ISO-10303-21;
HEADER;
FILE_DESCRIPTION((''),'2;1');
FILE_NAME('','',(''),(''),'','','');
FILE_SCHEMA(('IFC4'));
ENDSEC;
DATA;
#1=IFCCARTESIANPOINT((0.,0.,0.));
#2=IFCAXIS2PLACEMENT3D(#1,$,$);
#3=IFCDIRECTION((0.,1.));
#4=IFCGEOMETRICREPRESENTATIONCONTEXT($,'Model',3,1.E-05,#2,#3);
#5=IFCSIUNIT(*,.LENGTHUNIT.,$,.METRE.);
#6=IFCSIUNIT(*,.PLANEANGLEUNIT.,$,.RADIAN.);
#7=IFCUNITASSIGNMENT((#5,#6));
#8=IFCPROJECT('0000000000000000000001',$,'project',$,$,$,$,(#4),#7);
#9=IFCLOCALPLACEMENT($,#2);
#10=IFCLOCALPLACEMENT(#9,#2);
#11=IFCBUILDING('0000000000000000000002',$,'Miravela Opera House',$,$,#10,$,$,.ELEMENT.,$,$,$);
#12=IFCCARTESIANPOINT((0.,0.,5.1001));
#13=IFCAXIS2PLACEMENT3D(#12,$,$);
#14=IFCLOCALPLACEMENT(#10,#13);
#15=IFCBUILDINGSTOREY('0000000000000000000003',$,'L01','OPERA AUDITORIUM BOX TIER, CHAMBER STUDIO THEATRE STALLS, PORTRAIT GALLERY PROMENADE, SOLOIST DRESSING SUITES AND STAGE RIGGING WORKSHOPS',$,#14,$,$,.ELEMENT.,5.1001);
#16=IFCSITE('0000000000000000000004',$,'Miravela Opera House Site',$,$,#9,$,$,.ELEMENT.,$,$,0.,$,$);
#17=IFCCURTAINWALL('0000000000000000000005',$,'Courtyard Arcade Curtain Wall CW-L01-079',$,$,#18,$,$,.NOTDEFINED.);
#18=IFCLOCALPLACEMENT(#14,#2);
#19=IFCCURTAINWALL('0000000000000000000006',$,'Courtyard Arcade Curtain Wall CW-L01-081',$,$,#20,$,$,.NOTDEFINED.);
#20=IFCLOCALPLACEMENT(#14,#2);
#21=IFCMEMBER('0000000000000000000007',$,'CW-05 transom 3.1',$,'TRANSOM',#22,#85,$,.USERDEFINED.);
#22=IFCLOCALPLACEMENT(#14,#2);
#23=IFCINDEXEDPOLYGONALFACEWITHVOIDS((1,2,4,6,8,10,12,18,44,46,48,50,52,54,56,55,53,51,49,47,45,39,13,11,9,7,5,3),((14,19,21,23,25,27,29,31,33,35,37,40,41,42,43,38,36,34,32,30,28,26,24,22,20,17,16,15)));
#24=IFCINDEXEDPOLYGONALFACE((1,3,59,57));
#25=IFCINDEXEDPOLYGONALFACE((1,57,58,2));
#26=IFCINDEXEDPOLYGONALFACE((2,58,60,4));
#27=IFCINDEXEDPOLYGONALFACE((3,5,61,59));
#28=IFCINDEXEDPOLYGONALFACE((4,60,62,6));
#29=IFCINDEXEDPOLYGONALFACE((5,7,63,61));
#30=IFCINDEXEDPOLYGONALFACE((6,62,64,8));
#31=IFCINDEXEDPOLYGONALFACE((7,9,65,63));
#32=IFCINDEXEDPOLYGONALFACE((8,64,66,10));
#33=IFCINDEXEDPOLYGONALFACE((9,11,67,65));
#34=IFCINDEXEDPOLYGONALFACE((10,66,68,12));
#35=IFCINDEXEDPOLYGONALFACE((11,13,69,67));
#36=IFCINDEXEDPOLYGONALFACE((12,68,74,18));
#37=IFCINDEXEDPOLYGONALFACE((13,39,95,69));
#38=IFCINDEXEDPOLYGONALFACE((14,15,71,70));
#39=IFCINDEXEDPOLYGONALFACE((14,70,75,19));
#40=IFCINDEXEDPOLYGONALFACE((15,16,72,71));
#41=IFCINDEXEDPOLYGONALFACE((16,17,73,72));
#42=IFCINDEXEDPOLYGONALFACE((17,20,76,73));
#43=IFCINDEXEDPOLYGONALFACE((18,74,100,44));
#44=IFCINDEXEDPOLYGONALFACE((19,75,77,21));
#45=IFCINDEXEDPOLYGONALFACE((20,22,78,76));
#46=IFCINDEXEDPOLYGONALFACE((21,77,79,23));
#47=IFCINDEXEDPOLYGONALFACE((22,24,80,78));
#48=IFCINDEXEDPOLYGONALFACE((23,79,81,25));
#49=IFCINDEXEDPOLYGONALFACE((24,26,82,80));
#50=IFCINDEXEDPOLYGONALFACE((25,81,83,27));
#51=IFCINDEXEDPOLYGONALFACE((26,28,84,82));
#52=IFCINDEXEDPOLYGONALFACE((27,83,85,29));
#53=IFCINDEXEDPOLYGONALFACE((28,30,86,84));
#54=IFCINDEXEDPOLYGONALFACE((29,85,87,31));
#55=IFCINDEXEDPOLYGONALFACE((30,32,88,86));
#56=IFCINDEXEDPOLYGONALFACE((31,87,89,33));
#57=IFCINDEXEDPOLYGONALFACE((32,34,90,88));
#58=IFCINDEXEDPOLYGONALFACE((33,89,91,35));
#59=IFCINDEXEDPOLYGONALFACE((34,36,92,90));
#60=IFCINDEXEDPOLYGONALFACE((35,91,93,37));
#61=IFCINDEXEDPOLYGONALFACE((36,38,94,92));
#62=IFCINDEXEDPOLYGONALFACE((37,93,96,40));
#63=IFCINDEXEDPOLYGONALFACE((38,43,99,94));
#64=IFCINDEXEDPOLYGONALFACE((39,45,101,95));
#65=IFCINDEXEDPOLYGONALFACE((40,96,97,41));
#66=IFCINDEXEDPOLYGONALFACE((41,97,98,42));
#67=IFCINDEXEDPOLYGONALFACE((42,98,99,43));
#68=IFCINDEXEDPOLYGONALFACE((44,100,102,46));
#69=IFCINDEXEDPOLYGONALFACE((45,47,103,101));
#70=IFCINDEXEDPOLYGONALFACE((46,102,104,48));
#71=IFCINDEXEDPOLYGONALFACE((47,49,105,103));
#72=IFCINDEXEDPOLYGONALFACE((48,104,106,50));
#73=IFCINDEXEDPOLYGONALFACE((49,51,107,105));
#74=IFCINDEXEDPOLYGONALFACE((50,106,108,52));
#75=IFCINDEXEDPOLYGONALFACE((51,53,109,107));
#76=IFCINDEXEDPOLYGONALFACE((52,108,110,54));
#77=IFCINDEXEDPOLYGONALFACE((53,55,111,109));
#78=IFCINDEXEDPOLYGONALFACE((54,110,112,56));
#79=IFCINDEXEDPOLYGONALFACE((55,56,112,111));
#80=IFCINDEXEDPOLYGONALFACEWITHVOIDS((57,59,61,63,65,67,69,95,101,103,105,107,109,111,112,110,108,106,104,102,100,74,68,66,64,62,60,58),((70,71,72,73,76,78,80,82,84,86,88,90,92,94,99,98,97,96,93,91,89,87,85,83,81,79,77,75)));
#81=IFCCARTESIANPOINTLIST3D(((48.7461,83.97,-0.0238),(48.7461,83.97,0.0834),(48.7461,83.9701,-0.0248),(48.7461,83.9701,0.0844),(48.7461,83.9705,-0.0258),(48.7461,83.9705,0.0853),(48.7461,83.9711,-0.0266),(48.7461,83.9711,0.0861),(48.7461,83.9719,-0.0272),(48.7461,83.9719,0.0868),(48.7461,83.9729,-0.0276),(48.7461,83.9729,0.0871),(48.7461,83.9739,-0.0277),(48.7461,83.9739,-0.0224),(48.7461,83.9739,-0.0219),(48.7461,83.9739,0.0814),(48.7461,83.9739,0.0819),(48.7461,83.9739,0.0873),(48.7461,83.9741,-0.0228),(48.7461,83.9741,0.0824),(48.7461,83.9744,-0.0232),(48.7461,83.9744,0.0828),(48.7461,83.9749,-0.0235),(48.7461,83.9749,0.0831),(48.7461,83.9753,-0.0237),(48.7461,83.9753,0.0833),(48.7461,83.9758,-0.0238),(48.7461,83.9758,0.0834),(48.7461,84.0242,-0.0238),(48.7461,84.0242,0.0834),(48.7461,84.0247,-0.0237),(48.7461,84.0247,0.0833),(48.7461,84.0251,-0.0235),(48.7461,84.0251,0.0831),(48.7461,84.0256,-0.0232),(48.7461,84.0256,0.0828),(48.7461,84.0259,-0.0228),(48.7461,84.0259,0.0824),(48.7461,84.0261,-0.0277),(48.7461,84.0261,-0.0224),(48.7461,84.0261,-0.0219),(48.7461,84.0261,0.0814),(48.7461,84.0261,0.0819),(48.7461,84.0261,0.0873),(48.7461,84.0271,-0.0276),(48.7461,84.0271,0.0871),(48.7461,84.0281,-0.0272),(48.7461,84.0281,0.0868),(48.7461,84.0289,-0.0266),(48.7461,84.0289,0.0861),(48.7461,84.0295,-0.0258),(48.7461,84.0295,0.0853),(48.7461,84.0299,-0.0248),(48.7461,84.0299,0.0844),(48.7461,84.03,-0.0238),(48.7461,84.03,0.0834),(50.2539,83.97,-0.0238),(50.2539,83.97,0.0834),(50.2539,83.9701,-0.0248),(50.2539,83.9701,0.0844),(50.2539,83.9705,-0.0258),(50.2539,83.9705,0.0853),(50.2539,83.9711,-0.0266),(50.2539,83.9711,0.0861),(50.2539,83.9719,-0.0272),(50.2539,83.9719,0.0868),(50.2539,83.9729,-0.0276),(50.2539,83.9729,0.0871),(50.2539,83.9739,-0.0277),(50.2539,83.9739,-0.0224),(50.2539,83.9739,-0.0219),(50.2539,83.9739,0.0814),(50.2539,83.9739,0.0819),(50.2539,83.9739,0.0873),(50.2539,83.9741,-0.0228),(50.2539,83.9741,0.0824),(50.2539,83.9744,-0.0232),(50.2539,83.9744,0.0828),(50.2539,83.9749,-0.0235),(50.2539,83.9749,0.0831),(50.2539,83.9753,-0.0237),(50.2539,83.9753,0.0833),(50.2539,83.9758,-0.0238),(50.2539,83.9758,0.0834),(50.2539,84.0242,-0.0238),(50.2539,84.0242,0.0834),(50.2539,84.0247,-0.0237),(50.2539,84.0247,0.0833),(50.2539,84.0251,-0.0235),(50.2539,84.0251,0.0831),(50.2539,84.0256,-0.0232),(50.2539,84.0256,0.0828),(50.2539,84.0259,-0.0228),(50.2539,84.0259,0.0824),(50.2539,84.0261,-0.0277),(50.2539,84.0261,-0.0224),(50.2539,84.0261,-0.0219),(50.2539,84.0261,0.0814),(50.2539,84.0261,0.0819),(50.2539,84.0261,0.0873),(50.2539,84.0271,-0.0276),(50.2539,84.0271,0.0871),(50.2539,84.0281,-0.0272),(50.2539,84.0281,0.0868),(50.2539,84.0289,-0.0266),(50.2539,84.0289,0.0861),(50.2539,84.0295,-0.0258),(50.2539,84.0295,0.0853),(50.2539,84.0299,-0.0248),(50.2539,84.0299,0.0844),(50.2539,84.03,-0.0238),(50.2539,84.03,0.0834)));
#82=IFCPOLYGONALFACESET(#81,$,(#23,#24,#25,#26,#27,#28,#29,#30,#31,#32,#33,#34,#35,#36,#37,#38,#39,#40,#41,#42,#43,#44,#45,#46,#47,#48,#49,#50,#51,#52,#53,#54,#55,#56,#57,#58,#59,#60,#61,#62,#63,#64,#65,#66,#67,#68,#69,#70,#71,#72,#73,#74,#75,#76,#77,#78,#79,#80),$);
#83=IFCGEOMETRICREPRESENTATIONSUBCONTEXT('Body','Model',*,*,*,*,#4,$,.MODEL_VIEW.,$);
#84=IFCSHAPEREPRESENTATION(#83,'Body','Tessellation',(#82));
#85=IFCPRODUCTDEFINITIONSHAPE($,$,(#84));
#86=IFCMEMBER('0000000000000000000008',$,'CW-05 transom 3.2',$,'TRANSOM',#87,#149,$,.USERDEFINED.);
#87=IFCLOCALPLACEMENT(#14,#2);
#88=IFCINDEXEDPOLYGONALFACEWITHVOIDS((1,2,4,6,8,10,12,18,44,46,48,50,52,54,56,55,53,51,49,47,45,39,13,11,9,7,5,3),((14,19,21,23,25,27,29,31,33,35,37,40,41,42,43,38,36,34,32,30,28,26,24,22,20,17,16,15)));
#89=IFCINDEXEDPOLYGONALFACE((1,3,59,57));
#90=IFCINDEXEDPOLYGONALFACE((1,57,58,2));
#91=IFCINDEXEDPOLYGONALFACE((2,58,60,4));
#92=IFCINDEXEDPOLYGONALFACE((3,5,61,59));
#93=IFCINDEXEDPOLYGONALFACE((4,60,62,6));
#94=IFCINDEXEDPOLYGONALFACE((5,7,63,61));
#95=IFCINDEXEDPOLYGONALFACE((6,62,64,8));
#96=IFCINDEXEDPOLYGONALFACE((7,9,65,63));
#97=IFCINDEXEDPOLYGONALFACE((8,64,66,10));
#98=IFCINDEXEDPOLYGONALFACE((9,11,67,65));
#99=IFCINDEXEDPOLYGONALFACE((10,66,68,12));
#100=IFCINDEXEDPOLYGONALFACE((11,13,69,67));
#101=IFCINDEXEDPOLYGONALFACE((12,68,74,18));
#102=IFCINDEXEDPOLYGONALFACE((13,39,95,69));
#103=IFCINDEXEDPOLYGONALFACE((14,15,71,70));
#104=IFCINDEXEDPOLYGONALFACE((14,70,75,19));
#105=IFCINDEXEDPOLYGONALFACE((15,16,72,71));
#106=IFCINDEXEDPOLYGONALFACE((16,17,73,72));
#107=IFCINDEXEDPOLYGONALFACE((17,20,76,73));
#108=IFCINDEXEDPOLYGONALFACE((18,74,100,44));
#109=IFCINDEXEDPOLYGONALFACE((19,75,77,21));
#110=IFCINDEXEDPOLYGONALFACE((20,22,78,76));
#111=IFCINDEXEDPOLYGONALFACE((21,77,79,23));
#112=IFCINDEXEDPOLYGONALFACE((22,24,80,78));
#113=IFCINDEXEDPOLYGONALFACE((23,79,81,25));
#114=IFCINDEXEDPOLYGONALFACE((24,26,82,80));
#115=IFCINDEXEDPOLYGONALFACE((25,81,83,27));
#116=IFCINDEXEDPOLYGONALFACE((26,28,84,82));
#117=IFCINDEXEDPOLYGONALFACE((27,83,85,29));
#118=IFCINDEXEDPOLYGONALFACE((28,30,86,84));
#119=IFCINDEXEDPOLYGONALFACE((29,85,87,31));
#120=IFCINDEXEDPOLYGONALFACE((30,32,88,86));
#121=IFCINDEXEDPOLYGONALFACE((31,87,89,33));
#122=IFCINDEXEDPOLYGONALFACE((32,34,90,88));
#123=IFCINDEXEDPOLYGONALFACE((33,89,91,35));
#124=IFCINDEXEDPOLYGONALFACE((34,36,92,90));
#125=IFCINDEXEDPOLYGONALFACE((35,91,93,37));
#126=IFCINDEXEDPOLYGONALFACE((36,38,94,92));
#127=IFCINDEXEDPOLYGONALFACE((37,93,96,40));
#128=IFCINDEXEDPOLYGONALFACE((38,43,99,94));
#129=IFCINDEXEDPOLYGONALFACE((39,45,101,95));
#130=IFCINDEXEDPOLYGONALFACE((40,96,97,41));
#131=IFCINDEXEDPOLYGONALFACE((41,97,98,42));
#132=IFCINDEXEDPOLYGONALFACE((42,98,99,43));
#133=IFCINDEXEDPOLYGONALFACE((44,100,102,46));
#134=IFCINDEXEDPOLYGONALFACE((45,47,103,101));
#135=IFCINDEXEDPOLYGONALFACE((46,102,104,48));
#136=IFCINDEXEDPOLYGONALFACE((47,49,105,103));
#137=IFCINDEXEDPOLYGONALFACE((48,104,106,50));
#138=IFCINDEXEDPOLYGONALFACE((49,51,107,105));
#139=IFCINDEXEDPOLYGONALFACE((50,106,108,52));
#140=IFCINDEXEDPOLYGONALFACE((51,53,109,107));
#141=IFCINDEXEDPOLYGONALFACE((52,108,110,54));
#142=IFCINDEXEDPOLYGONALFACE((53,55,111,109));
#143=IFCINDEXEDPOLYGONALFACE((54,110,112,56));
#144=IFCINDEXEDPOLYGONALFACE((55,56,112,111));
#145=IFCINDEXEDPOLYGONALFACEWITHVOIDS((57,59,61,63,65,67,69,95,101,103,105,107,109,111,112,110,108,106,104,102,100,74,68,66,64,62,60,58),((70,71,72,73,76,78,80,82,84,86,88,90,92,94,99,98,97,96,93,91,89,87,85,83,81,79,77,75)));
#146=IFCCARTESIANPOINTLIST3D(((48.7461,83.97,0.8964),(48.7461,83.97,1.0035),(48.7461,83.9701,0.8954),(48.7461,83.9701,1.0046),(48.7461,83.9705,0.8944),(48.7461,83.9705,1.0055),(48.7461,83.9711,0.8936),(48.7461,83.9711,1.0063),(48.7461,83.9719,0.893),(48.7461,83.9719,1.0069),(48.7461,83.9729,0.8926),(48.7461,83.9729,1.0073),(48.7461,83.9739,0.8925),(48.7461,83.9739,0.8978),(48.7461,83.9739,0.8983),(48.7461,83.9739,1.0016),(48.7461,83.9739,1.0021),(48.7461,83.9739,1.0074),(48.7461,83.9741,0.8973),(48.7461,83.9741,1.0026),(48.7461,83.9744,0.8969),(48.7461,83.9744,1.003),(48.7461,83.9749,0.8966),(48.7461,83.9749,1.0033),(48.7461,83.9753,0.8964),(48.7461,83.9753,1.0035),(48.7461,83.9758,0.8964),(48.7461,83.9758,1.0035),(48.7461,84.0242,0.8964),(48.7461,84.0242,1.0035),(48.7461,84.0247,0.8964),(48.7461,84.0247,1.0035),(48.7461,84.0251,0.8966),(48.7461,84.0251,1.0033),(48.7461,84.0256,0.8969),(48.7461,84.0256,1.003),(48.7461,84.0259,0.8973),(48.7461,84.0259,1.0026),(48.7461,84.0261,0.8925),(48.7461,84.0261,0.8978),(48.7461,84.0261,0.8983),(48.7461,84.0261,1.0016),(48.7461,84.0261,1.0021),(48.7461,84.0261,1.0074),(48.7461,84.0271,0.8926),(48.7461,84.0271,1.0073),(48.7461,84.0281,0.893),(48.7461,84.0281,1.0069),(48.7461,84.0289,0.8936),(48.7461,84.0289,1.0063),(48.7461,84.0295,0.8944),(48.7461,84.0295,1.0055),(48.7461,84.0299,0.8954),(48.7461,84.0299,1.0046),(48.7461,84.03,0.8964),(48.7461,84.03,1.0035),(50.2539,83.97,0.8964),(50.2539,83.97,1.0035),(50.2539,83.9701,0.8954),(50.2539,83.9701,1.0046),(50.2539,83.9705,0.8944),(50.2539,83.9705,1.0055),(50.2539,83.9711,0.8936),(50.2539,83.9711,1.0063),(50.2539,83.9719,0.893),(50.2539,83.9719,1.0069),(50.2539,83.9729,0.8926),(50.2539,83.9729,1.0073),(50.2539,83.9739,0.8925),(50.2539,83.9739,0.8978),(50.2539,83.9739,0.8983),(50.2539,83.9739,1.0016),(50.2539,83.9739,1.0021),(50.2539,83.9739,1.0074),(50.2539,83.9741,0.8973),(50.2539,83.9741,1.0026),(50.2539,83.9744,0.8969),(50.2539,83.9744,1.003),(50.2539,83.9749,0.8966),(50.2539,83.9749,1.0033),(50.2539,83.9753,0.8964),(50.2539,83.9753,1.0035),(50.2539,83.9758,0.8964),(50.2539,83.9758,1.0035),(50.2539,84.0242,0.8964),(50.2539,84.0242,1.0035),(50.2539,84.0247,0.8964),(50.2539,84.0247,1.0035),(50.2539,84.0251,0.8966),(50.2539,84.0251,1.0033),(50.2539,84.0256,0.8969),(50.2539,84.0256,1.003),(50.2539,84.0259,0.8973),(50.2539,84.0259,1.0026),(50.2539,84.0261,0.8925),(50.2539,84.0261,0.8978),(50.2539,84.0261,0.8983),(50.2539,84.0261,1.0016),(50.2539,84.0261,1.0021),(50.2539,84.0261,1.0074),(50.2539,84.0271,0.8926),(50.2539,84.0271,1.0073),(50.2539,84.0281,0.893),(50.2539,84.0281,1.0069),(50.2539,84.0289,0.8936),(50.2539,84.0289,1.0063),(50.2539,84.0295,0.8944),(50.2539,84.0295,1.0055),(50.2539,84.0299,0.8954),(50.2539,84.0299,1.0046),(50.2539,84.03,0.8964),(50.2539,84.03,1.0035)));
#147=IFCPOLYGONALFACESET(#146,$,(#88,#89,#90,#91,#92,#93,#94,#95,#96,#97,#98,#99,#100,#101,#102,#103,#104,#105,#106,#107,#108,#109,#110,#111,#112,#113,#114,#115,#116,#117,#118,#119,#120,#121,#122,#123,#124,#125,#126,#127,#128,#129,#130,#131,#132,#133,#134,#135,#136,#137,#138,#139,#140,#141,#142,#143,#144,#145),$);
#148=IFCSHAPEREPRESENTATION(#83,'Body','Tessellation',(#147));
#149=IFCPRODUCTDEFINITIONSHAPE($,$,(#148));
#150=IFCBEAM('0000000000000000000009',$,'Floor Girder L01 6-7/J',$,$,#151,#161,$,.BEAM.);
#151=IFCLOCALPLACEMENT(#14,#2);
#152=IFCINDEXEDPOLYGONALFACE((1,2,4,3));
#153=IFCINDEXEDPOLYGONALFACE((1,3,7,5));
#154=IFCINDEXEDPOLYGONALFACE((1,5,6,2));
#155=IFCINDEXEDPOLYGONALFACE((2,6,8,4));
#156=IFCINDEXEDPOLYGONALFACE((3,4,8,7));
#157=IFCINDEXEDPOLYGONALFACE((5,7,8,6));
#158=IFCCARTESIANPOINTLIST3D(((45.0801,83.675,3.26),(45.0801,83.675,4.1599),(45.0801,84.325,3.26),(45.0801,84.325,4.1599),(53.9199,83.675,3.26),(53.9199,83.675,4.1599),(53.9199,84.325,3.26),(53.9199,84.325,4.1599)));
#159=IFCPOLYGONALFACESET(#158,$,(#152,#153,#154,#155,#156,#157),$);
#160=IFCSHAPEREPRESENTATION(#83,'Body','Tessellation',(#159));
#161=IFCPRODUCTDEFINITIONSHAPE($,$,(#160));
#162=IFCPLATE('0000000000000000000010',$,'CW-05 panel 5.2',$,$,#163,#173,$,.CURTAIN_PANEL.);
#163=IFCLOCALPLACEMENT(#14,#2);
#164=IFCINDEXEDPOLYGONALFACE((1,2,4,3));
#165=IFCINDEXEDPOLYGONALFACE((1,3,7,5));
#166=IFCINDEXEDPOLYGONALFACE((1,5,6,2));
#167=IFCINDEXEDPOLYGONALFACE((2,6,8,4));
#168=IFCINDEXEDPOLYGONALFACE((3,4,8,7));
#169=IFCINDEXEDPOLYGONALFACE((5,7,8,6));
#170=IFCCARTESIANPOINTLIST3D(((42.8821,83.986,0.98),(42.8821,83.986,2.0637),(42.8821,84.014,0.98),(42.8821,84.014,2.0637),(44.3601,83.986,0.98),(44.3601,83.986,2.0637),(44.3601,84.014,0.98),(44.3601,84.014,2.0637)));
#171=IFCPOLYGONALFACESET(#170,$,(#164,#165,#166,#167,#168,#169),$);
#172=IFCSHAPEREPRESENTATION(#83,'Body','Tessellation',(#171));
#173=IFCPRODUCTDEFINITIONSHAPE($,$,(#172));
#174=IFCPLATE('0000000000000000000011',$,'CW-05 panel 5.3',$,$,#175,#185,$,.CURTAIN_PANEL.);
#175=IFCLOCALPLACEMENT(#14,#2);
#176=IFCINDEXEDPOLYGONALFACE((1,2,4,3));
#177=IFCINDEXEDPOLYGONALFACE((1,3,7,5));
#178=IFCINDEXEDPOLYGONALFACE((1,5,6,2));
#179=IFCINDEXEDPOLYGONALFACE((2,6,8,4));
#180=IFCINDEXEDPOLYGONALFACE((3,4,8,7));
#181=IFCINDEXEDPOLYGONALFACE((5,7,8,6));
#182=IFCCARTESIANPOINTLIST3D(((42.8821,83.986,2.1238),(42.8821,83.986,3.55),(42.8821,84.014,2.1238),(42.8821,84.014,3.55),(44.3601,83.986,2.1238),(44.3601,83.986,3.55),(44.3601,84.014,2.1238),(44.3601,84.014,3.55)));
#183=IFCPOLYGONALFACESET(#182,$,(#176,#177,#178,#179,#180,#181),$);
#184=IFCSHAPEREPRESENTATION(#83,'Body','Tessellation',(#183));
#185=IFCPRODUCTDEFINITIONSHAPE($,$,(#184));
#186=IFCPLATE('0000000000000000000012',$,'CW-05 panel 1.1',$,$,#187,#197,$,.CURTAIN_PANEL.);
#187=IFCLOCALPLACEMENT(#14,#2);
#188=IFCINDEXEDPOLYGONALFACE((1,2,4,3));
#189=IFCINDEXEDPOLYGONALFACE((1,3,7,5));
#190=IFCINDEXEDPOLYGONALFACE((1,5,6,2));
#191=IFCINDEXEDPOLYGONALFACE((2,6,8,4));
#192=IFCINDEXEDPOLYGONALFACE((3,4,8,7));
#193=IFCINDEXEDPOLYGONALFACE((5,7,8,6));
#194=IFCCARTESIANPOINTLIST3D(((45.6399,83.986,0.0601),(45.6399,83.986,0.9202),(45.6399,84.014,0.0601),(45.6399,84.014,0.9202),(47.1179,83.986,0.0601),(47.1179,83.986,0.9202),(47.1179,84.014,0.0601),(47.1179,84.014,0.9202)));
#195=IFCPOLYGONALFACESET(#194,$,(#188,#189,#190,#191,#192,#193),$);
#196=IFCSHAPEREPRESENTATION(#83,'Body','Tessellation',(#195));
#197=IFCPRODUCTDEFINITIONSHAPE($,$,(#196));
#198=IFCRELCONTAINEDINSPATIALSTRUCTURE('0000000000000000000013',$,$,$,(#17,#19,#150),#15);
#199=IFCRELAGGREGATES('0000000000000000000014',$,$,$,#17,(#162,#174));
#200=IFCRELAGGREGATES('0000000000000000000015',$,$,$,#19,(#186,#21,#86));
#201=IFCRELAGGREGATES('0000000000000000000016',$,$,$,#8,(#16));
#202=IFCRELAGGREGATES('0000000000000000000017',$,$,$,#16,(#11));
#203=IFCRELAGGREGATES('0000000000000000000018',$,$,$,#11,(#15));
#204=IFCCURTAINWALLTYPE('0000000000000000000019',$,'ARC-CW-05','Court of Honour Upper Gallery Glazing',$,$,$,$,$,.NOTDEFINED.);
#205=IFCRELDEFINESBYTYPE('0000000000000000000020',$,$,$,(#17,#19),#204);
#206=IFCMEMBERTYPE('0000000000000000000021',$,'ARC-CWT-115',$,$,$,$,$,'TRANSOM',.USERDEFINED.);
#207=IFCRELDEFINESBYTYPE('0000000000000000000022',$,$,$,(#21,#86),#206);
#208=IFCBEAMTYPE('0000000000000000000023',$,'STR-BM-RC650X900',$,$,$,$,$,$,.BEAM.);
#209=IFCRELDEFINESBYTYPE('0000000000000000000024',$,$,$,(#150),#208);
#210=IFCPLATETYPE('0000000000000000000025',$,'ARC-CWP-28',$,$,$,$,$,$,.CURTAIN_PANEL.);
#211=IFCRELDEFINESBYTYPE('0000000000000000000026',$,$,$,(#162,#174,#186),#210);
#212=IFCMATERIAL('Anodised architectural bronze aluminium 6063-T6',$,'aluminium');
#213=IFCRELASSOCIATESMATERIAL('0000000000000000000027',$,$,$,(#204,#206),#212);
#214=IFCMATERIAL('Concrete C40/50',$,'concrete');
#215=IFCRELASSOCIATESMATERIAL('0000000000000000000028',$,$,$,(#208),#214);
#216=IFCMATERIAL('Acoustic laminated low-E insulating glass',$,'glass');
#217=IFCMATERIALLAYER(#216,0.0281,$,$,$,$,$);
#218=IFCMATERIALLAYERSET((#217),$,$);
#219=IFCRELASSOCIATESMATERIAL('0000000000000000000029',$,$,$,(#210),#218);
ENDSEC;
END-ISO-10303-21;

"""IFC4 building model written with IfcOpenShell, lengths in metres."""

from ifc_helpers import new_model, si_unit, direction, frame, origin, origin_2d, place, context, subcontext, project, spatial, rectangle, hollow_rectangle, extrude, material, layer, layer_set, material_profile, profile_set, type_object, element, aggregate, save


model = new_model("IFC4")

# Units and contexts
model_context = context("Model", 3, precision=1e-05, world=origin(), true_north=direction((0.0, 1.0)))
body_context = subcontext(model_context, "Body", "Model", "MODEL_VIEW")
ifc_project = project(units=[si_unit("LENGTHUNIT", "METRE"), si_unit("PLANEANGLEUNIT", "RADIAN")], contexts=[model_context])

# Site, building, storey
site_placement = place(None, origin())
site = spatial("IfcSite", under=ifc_project, at=site_placement, Name="Miravela Opera House Site", CompositionType="ELEMENT", RefElevation=0.0)
building_placement = place(site_placement, origin())
building = spatial("IfcBuilding", under=site, at=building_placement, Name="Miravela Opera House", CompositionType="ELEMENT")
storey_placement = place(building_placement, frame((0.0, 0.0, 5.1001)))
storey = spatial("IfcBuildingStorey", under=building, at=storey_placement, Name="L01", Description="OPERA AUDITORIUM BOX TIER, CHAMBER STUDIO THEATRE STALLS, PORTRAIT GALLERY PROMENADE, SOLOIST DRESSING SUITES AND STAGE RIGGING WORKSHOPS", CompositionType="ELEMENT", Elevation=5.1001)

# Curtain wall
ifc_material_1 = material(Name="Anodised architectural bronze aluminium 6063-T6", Category="aluminium")
curtain_wall_type = type_object("IfcCurtainWallType", Name="ARC-CW-05", Description="Court of Honour Upper Gallery Glazing", PredefinedType="NOTDEFINED", material=ifc_material_1)
curtain_wall_1_placement = place(storey_placement, origin())
curtain_wall_1 = element("IfcCurtainWall", 1, at=curtain_wall_1_placement, inside=storey, type_object=curtain_wall_type, Name="Courtyard Arcade Curtain Wall CW-L01-079", PredefinedType="NOTDEFINED")

# Curtain wall, members
curtain_wall_2_placement = place(storey_placement, origin())
curtain_wall_2 = element("IfcCurtainWall", 2, at=curtain_wall_2_placement, inside=storey, type_object=curtain_wall_type, Name="Courtyard Arcade Curtain Wall CW-L01-081", PredefinedType="NOTDEFINED")
ifc_material_profile_1 = material_profile(ifc_material_1, hollow_rectangle(XDim=0.0601, YDim=0.115, WallThickness=0.0039, InnerFilletRadius=0.002, OuterFilletRadius=0.0039, at=origin_2d()), Name="CWT-60X115")
ifc_profile_set_1 = profile_set([ifc_material_profile_1])
member_type_1 = type_object("IfcMemberType", Name="ARC-CWT-115", ElementType="TRANSOM", PredefinedType="USERDEFINED", material=ifc_profile_set_1)
member_1_placement = place(storey_placement, frame((48.7461, 84.0, 0.0298), z_axis=(1.0, 0.0, 0.0), x_axis=(0.0, 1.0, 0.0)))
member_1 = element("IfcMember", 3, at=member_1_placement, type_object=member_type_1, Name="CW-05 transom 3.1", ObjectType="TRANSOM", PredefinedType="USERDEFINED", context=body_context, shape_type="SweptSolid", body=[
    extrude(hollow_rectangle(XDim=0.0601, YDim=0.115, WallThickness=0.0039, InnerFilletRadius=0.002, OuterFilletRadius=0.0039, at=origin_2d()), origin(), (0.0, 0.0, 1.0), 1.5078),
])
member_2_placement = place(storey_placement, frame((48.7461, 84.0, 0.95), z_axis=(1.0, 0.0, 0.0), x_axis=(0.0, 1.0, 0.0)))
member_2 = element("IfcMember", 4, at=member_2_placement, type_object=member_type_1, Name="CW-05 transom 3.2", ObjectType="TRANSOM", PredefinedType="USERDEFINED", context=body_context, shape_type="SweptSolid", body=[
    extrude(hollow_rectangle(XDim=0.0601, YDim=0.115, WallThickness=0.0039, InnerFilletRadius=0.002, OuterFilletRadius=0.0039, at=origin_2d()), origin(), (0.0, 0.0, 1.0), 1.5078),
])

# Beam
ifc_material_2 = material(Name="Concrete C40/50", Category="concrete")
ifc_material_profile_2 = material_profile(ifc_material_2, rectangle(XDim=0.6499, YDim=0.8999, at=origin_2d()), Name="RC-BM-650X900")
ifc_profile_set_2 = profile_set([ifc_material_profile_2])
beam_type = type_object("IfcBeamType", Name="STR-BM-RC650X900", PredefinedType="BEAM", material=ifc_profile_set_2)
beam_placement = place(storey_placement, frame((45.0801, 84.0, 3.71), z_axis=(1.0, 0.0, 0.0), x_axis=(0.0, 1.0, 0.0)))
element("IfcBeam", 5, at=beam_placement, inside=storey, type_object=beam_type, Name="Floor Girder L01 6-7/J", PredefinedType="BEAM", context=body_context, shape_type="SweptSolid", body=[
    extrude(rectangle(XDim=0.6499, YDim=0.8999, at=origin_2d()), origin(), (0.0, 0.0, 1.0), 8.8398),
])

# Plates
ifc_material_3 = material(Name="Acoustic laminated low-E insulating glass", Category="glass")
ifc_layer = layer(ifc_material_3, 0.0281)
ifc_layer_set = layer_set([ifc_layer])
plate_type = type_object("IfcPlateType", Name="ARC-CWP-28", PredefinedType="CURTAIN_PANEL", material=ifc_layer_set)
plate_1_placement = place(storey_placement, frame((43.6211, 84.0, 0.98), z_axis=(0.0, 0.0, 1.0), x_axis=(1.0, 0.0, 0.0)))
plate_1 = element("IfcPlate", 6, at=plate_1_placement, type_object=plate_type, Name="CW-05 panel 5.2", PredefinedType="CURTAIN_PANEL", context=body_context, shape_type="SweptSolid", body=[
    extrude(rectangle(XDim=1.478, YDim=0.0281, at=origin_2d()), origin(), (0.0, 0.0, 1.0), 1.0837),
])
plate_2_placement = place(storey_placement, frame((43.6211, 84.0, 2.1238), z_axis=(0.0, 0.0, 1.0), x_axis=(1.0, 0.0, 0.0)))
plate_2 = element("IfcPlate", 7, at=plate_2_placement, type_object=plate_type, Name="CW-05 panel 5.3", PredefinedType="CURTAIN_PANEL", context=body_context, shape_type="SweptSolid", body=[
    extrude(rectangle(XDim=1.478, YDim=0.0281, at=origin_2d()), origin(), (0.0, 0.0, 1.0), 1.4263),
])
aggregate(curtain_wall_1, [plate_1, plate_2])
plate_3_placement = place(storey_placement, frame((46.3789, 84.0, 0.0601), z_axis=(0.0, 0.0, 1.0), x_axis=(1.0, 0.0, 0.0)))
plate_3 = element("IfcPlate", 8, at=plate_3_placement, type_object=plate_type, Name="CW-05 panel 1.1", PredefinedType="CURTAIN_PANEL", context=body_context, shape_type="SweptSolid", body=[
    extrude(rectangle(XDim=1.478, YDim=0.0281, at=origin_2d()), origin(), (0.0, 0.0, 1.0), 0.8601),
])
aggregate(curtain_wall_2, [plate_3, member_1, member_2])

save(model, "model.ifc")
